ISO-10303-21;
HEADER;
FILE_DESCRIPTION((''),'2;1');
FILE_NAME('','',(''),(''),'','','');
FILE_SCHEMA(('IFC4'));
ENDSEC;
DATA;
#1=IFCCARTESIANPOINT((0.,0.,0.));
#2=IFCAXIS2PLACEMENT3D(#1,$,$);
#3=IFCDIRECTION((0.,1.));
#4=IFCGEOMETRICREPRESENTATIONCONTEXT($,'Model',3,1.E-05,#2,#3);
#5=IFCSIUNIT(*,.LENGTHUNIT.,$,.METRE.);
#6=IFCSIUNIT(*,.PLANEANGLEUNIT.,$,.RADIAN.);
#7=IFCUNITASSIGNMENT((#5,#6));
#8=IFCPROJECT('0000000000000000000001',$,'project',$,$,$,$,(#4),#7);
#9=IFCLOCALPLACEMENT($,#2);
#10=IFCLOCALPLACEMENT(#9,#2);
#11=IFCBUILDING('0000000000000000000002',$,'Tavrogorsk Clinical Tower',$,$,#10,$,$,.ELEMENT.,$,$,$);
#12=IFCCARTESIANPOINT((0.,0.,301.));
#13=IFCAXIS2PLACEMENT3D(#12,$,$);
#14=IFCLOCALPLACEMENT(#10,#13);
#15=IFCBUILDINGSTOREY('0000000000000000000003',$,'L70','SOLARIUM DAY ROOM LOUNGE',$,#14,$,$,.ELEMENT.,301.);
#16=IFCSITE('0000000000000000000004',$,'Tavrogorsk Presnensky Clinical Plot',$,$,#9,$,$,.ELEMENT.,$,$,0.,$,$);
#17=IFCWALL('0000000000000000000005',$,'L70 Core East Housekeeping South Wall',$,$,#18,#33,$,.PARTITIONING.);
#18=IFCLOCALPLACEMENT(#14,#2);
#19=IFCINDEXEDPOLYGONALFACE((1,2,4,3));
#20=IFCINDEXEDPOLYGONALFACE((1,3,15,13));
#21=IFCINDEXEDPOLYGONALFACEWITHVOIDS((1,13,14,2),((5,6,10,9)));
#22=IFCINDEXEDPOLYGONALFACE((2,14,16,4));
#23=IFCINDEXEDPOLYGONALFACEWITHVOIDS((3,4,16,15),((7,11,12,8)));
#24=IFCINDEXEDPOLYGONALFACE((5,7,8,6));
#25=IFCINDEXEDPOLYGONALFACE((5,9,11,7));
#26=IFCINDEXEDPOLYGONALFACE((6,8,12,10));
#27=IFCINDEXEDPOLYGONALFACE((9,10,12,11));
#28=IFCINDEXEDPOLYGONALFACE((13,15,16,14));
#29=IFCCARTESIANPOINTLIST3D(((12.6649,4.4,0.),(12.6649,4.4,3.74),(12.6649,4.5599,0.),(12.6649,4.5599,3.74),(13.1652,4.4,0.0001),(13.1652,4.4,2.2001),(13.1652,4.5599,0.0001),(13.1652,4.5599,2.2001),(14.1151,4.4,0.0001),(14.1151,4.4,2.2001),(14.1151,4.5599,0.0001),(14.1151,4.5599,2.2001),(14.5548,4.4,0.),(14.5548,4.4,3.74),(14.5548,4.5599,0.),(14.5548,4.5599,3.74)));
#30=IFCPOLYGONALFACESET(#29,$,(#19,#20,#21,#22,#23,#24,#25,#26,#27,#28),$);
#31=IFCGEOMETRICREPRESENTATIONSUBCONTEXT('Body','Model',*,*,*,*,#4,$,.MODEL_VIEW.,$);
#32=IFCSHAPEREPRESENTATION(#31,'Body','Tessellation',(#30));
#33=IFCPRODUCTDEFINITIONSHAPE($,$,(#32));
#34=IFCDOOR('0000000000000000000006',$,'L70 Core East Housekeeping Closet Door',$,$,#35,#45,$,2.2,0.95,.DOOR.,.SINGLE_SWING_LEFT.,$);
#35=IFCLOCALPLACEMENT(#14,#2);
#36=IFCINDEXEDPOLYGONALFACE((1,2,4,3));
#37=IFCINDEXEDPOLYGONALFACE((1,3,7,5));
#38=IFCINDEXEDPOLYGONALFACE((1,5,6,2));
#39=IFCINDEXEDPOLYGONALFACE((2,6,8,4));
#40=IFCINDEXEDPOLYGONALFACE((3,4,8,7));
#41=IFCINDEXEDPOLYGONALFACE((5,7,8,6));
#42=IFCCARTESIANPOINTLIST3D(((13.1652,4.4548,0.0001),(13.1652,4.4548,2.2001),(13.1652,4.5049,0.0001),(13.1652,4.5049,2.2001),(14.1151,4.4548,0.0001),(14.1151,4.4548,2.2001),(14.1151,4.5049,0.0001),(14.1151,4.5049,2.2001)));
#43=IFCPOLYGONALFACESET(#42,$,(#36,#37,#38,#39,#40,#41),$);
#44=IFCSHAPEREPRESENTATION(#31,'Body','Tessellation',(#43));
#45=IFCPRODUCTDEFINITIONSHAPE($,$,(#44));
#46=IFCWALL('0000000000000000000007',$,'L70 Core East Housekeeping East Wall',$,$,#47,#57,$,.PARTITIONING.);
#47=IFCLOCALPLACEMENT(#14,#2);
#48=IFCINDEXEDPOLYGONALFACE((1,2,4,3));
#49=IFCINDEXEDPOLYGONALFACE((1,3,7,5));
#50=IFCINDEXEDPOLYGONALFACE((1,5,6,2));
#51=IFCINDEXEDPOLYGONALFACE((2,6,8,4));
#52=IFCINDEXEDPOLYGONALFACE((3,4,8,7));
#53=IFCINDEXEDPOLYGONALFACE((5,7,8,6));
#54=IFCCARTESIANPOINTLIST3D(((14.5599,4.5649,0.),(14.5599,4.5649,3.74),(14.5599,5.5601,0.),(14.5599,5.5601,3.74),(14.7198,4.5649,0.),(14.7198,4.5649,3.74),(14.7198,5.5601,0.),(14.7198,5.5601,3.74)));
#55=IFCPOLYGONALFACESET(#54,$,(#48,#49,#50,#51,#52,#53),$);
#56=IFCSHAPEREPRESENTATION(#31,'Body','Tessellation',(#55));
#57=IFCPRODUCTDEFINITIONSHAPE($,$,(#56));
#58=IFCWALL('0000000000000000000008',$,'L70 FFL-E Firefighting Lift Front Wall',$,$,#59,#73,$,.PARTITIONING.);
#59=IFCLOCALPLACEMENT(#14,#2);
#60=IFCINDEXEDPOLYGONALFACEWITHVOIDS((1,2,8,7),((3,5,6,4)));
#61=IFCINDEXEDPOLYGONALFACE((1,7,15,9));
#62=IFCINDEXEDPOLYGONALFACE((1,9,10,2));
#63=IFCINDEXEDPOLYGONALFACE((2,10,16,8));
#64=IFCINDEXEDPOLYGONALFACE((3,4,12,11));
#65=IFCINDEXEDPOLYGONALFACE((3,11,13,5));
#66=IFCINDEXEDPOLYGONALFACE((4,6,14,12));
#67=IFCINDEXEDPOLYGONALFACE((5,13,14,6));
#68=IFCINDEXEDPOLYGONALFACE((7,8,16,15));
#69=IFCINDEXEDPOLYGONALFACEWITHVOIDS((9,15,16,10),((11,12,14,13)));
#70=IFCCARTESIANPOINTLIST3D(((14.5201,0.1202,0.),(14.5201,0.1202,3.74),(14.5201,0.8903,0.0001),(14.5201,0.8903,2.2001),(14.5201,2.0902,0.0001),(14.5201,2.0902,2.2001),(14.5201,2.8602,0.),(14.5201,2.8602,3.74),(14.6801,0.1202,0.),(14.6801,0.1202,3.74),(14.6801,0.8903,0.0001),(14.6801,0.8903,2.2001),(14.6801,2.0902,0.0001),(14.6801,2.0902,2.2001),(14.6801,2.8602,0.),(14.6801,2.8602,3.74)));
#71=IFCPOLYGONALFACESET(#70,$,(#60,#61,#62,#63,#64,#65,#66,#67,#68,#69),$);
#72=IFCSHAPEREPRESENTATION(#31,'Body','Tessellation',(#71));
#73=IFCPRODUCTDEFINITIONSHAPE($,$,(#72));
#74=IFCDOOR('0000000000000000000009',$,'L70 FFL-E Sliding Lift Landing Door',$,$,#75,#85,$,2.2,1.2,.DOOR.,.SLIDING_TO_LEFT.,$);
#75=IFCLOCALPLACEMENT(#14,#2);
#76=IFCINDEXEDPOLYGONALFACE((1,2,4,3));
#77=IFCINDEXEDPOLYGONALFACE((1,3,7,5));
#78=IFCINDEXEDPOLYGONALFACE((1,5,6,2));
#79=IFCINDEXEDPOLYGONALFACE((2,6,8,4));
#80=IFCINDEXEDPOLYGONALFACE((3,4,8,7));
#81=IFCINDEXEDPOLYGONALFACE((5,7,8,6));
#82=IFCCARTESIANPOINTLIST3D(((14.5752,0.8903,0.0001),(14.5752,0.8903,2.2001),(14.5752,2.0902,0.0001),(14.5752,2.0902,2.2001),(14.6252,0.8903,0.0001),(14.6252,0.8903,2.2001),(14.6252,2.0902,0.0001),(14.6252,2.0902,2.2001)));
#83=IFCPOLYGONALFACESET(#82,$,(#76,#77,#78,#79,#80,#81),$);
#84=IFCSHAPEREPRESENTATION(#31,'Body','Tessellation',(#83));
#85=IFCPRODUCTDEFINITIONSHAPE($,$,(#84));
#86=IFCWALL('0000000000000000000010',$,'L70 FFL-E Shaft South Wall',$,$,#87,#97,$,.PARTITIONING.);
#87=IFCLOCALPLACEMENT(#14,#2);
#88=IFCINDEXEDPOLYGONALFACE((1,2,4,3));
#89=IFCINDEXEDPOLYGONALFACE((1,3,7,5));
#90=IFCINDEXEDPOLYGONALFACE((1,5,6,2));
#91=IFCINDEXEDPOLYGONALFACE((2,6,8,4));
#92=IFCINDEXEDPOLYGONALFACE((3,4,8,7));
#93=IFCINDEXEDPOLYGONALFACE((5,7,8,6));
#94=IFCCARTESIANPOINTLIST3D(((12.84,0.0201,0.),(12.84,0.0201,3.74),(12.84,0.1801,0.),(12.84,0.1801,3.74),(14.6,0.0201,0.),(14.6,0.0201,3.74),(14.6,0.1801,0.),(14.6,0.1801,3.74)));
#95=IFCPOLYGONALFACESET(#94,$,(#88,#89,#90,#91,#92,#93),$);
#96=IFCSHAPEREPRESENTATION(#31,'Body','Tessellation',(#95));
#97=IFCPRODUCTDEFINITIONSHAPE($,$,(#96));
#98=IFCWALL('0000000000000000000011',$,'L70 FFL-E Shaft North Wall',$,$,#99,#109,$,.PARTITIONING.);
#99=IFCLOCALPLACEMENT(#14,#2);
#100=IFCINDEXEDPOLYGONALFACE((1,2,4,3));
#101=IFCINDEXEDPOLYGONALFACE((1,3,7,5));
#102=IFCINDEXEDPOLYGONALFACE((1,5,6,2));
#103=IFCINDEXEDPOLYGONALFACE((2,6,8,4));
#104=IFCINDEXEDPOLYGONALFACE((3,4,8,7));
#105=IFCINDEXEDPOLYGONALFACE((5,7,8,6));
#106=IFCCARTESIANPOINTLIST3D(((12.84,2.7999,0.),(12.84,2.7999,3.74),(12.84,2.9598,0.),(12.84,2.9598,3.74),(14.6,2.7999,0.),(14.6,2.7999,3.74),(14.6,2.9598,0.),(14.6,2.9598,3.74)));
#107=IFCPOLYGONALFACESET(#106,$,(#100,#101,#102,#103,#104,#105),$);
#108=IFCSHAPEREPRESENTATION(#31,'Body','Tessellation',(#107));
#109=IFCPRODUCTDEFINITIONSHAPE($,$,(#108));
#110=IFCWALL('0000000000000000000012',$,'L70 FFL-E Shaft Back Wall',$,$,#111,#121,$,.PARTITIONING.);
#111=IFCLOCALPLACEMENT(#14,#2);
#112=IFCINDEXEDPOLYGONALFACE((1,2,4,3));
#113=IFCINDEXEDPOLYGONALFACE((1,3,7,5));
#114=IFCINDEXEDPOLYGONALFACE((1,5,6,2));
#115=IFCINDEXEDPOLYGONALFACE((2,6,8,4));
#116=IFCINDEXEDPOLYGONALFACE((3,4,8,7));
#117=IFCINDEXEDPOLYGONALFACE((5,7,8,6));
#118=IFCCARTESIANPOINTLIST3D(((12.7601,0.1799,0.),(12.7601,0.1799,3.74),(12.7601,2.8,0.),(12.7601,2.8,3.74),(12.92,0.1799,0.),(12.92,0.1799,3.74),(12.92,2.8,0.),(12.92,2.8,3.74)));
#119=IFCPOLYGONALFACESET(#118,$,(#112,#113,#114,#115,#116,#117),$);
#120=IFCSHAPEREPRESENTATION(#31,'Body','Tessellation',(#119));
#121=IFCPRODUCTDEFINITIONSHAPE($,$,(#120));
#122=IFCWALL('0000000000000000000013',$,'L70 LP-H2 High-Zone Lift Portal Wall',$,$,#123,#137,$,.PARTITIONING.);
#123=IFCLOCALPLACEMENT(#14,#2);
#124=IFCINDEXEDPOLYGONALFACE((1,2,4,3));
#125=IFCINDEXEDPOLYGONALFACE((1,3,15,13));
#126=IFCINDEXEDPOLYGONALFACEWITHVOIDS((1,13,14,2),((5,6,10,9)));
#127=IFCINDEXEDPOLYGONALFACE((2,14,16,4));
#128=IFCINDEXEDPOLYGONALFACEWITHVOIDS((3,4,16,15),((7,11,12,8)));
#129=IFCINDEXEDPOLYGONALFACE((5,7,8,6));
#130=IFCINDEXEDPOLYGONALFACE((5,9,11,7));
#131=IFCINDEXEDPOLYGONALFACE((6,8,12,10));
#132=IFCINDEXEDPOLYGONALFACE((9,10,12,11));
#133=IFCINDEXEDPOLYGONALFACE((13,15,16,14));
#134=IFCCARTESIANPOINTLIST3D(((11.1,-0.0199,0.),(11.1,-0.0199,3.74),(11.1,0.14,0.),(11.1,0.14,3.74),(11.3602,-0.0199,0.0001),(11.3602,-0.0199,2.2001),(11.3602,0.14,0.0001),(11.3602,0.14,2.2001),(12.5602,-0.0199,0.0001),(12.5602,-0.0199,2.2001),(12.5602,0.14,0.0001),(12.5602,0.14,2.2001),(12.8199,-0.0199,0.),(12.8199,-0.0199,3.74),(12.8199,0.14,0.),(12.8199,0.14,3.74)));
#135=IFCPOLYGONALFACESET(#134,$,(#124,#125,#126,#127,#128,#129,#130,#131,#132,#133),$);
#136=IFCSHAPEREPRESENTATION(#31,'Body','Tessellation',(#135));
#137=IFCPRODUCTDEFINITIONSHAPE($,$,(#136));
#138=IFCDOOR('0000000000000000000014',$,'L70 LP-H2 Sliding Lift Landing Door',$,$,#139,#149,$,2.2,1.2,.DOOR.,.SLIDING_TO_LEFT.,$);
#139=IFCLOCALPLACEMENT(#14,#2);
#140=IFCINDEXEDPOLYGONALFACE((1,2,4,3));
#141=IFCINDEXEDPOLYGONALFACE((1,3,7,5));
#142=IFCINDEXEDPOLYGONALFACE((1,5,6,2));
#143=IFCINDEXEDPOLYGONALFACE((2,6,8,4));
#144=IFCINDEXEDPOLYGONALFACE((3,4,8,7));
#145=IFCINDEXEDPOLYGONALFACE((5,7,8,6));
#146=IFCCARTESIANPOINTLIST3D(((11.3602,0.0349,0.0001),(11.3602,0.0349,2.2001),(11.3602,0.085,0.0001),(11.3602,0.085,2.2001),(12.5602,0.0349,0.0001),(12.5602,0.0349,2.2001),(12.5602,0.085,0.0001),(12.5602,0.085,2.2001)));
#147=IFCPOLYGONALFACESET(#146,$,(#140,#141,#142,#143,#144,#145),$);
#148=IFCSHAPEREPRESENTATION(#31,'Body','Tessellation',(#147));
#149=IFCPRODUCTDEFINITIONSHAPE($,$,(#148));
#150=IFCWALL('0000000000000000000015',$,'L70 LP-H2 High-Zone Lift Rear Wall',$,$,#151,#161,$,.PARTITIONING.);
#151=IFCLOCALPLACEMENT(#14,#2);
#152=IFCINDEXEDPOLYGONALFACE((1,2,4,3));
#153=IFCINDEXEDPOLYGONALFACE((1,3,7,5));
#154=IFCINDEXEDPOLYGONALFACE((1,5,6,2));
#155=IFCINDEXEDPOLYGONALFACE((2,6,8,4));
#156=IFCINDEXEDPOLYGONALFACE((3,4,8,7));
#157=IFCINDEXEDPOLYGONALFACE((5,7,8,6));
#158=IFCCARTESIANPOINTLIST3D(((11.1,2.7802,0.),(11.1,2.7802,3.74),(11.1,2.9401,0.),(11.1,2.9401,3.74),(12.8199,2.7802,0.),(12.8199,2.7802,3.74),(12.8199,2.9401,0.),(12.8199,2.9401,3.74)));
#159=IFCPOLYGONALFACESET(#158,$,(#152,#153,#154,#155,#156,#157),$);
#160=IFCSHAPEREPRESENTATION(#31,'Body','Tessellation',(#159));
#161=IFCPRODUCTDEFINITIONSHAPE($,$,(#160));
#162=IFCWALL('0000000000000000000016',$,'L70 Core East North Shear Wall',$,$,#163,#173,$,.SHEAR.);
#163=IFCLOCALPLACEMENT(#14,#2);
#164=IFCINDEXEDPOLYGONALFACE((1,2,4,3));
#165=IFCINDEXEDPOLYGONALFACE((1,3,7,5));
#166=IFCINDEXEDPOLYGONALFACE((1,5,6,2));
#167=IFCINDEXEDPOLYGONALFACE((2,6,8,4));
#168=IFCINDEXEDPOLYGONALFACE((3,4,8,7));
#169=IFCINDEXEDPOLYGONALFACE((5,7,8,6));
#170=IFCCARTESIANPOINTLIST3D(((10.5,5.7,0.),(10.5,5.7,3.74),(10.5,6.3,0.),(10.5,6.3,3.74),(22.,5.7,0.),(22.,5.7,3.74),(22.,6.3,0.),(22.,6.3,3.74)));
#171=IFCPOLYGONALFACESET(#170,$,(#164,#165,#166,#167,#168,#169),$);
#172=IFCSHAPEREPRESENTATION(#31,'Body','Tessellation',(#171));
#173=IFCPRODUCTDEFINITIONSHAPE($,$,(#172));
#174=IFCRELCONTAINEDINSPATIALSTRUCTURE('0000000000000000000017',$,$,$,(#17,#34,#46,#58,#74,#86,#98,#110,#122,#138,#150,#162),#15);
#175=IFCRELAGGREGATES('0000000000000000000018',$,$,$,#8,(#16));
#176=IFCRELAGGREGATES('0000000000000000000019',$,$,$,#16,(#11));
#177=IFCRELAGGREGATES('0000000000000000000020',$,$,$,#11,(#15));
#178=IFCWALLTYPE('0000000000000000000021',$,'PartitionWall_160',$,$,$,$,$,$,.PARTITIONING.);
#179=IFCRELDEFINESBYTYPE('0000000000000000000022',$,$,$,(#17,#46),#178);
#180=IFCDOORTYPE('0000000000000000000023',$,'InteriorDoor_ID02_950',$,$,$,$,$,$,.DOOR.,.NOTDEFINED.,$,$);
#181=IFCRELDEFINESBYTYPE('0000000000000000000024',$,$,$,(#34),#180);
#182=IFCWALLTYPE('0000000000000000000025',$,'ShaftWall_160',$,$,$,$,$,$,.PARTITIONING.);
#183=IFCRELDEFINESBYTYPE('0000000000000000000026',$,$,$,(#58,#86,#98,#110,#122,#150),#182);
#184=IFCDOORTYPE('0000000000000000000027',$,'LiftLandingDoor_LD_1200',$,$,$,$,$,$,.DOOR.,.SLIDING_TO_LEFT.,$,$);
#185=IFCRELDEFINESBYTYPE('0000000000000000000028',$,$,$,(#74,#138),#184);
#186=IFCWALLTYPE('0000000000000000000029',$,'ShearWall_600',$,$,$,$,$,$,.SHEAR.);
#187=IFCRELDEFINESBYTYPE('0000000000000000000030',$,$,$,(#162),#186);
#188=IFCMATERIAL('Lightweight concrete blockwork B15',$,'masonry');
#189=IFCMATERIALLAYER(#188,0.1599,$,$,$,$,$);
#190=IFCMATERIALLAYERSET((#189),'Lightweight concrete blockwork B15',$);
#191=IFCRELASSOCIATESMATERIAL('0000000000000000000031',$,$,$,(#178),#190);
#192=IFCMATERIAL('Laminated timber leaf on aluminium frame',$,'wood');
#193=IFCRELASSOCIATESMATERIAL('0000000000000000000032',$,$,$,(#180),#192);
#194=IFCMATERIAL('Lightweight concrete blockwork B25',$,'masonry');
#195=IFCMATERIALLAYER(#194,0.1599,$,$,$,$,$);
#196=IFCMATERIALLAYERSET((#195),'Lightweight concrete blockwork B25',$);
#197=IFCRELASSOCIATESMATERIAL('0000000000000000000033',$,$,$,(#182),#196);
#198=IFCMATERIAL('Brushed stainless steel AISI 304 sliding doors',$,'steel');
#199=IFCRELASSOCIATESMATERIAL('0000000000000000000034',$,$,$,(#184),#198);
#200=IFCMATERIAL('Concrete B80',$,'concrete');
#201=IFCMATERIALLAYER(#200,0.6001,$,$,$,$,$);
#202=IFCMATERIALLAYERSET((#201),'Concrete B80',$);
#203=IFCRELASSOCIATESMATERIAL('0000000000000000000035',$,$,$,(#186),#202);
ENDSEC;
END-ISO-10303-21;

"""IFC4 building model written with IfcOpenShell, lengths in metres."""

from ifc_helpers import new_model, si_unit, direction, frame, frame_2d, origin, place, context, subcontext, project, spatial, rectangle, extrude, material, layer, layer_set, type_object, element, fill, save


model = new_model("IFC4")

# Units and contexts
model_context = context("Model", 3, precision=1e-05, world=origin(), true_north=direction((0.0, 1.0)))
body_context = subcontext(model_context, "Body", "Model", "MODEL_VIEW")
ifc_project = project(units=[si_unit("LENGTHUNIT", "METRE"), si_unit("PLANEANGLEUNIT", "RADIAN")], contexts=[model_context])

# Site, building, storey
site_placement = place(None, origin())
site = spatial("IfcSite", under=ifc_project, at=site_placement, Name="Tavrogorsk Presnensky Clinical Plot", CompositionType="ELEMENT", RefElevation=0.0)
building_placement = place(site_placement, origin())
building = spatial("IfcBuilding", under=site, at=building_placement, Name="Tavrogorsk Clinical Tower", CompositionType="ELEMENT")
storey_placement = place(building_placement, frame((0.0, 0.0, 301.0)))
storey = spatial("IfcBuildingStorey", under=building, at=storey_placement, Name="L70", Description="SOLARIUM DAY ROOM LOUNGE", CompositionType="ELEMENT", Elevation=301.0)

# Wall, opening, door
ifc_material_1 = material(Name="Lightweight concrete blockwork B15", Category="masonry")
ifc_layer_1 = layer(ifc_material_1, 0.1599)
ifc_layer_set_1 = layer_set([ifc_layer_1], Name="Lightweight concrete blockwork B15")
wall_type_1 = type_object("IfcWallType", Name="PartitionWall_160", PredefinedType="PARTITIONING", material=ifc_layer_set_1)
ifc_material_2 = material(Name="Laminated timber leaf on aluminium frame", Category="wood")
door_type_1 = type_object("IfcDoorType", Name="InteriorDoor_ID02_950", OperationType="NOTDEFINED", PredefinedType="DOOR", material=ifc_material_2)
wall_1_placement = place(storey_placement, frame((12.665, 4.48, 0.0), z_axis=(0.0, 0.0, 1.0), x_axis=(1.0, 0.0, 0.0)))
wall_1 = element("IfcWall", 1, at=wall_1_placement, inside=storey, type_object=wall_type_1, Name="L70 Core East Housekeeping South Wall", PredefinedType="PARTITIONING", context=body_context, shape_type="SweptSolid", body=[
    extrude(rectangle(XDim=1.8899, YDim=0.1599, at=frame_2d((0.9448, 0.0))), origin(), (0.0, 0.0, 1.0), 3.74),
])
opening_1_placement = place(wall_1_placement, frame((0.5, 0.0, 0.0)))
opening_1 = element("IfcOpeningElement", 2, at=opening_1_placement, cuts=wall_1, PredefinedType="OPENING", context=body_context, shape_type="SweptSolid", body=[
    extrude(rectangle(XDim=0.95, YDim=2.2, at=frame_2d((0.4751, 1.1001))), frame((0.0, 0.0898, 0.0), z_axis=(0.0, -1.0, 0.0), x_axis=(1.0, 0.0, 0.0)), (0.0, 0.0, 1.0), 0.1799),
])
door_1_placement = place(opening_1_placement, origin())
door_1 = element("IfcDoor", 3, at=door_1_placement, inside=storey, type_object=door_type_1, Name="L70 Core East Housekeeping Closet Door", OperationType="SINGLE_SWING_LEFT", OverallHeight=2.2, OverallWidth=0.95, PredefinedType="DOOR", context=body_context, shape_type="SweptSolid", body=[
    extrude(rectangle(XDim=0.95, YDim=2.2, at=frame_2d((0.4751, 1.1001))), frame((0.0, 0.0249, 0.0), z_axis=(0.0, -1.0, 0.0), x_axis=(1.0, 0.0, 0.0)), (0.0, 0.0, 1.0), 0.05),
])
fill(opening_1, door_1)

# Wall
wall_2_placement = place(storey_placement, frame((14.6399, 4.5649, 0.0), z_axis=(0.0, 0.0, 1.0), x_axis=(0.0, 1.0, 0.0)))
element("IfcWall", 4, at=wall_2_placement, inside=storey, type_object=wall_type_1, Name="L70 Core East Housekeeping East Wall", PredefinedType="PARTITIONING", context=body_context, shape_type="SweptSolid", body=[
    extrude(rectangle(XDim=0.9951, YDim=0.1599, at=frame_2d((0.4976, 0.0))), origin(), (0.0, 0.0, 1.0), 3.74),
])

# Wall, opening, door
ifc_material_3 = material(Name="Lightweight concrete blockwork B25", Category="masonry")
ifc_layer_2 = layer(ifc_material_3, 0.1599)
ifc_layer_set_2 = layer_set([ifc_layer_2], Name="Lightweight concrete blockwork B25")
wall_type_2 = type_object("IfcWallType", Name="ShaftWall_160", PredefinedType="PARTITIONING", material=ifc_layer_set_2)
wall_3_placement = place(storey_placement, frame((14.6001, 0.1201, 0.0), z_axis=(0.0, 0.0, 1.0), x_axis=(0.0, 1.0, 0.0)))
wall_3 = element("IfcWall", 5, at=wall_3_placement, inside=storey, type_object=wall_type_2, Name="L70 FFL-E Firefighting Lift Front Wall", PredefinedType="PARTITIONING", context=body_context, shape_type="SweptSolid", body=[
    extrude(rectangle(XDim=2.74, YDim=0.1599, at=frame_2d((1.3701, 0.0))), origin(), (0.0, 0.0, 1.0), 3.74),
])
opening_2_placement = place(wall_3_placement, frame((0.77, 0.0, 0.0)))
opening_2 = element("IfcOpeningElement", 6, at=opening_2_placement, cuts=wall_3, PredefinedType="OPENING", context=body_context, shape_type="SweptSolid", body=[
    extrude(rectangle(XDim=1.2, YDim=2.2, at=frame_2d((0.6001, 1.1001))), frame((0.0, 0.0898, 0.0), z_axis=(0.0, -1.0, 0.0), x_axis=(1.0, 0.0, 0.0)), (0.0, 0.0, 1.0), 0.1799),
])
ifc_material_4 = material(Name="Brushed stainless steel AISI 304 sliding doors", Category="steel")
door_type_2 = type_object("IfcDoorType", Name="LiftLandingDoor_LD_1200", OperationType="SLIDING_TO_LEFT", PredefinedType="DOOR", material=ifc_material_4)
door_2_placement = place(opening_2_placement, origin())
door_2 = element("IfcDoor", 7, at=door_2_placement, inside=storey, type_object=door_type_2, Name="L70 FFL-E Sliding Lift Landing Door", OperationType="SLIDING_TO_LEFT", OverallHeight=2.2, OverallWidth=1.2, PredefinedType="DOOR", context=body_context, shape_type="SweptSolid", body=[
    extrude(rectangle(XDim=1.2, YDim=2.2, at=frame_2d((0.6001, 1.1001))), frame((0.0, 0.0249, 0.0), z_axis=(0.0, -1.0, 0.0), x_axis=(1.0, 0.0, 0.0)), (0.0, 0.0, 1.0), 0.05),
])
fill(opening_2, door_2)

# Walls
for number, where, z_axis, x_axis, name in (
    (8, (12.8401, 0.1001, 0.0), (0.0, 0.0, 1.0), (1.0, 0.0, 0.0), "L70 FFL-E Shaft South Wall"),
    (9, (12.8401, 2.8799, 0.0), (0.0, 0.0, 1.0), (1.0, 0.0, 0.0), "L70 FFL-E Shaft North Wall"),
):
    element("IfcWall", number, at=place(storey_placement, frame(where, z_axis=z_axis, x_axis=x_axis)), inside=storey, type_object=wall_type_2, Name=name, PredefinedType="PARTITIONING", context=body_context, shape_type="SweptSolid", body=[
        extrude(rectangle(XDim=1.76, YDim=0.1599, at=frame_2d((0.8799, 0.0))), origin(), (0.0, 0.0, 1.0), 3.74),
    ])
wall_4_placement = place(storey_placement, frame((12.8401, 0.1799, 0.0), z_axis=(0.0, 0.0, 1.0), x_axis=(0.0, 1.0, 0.0)))
element("IfcWall", 10, at=wall_4_placement, inside=storey, type_object=wall_type_2, Name="L70 FFL-E Shaft Back Wall", PredefinedType="PARTITIONING", context=body_context, shape_type="SweptSolid", body=[
    extrude(rectangle(XDim=2.6201, YDim=0.1599, at=frame_2d((1.3101, 0.0))), origin(), (0.0, 0.0, 1.0), 3.74),
])

# Wall, opening, door
wall_5_placement = place(storey_placement, frame((11.1001, 0.0601, 0.0), z_axis=(0.0, 0.0, 1.0), x_axis=(1.0, 0.0, 0.0)))
wall_5 = element("IfcWall", 11, at=wall_5_placement, inside=storey, type_object=wall_type_2, Name="L70 LP-H2 High-Zone Lift Portal Wall", PredefinedType="PARTITIONING", context=body_context, shape_type="SweptSolid", body=[
    extrude(rectangle(XDim=1.72, YDim=0.1599, at=frame_2d((0.8599, 0.0))), origin(), (0.0, 0.0, 1.0), 3.74),
])
opening_3_placement = place(wall_5_placement, frame((0.26, 0.0, 0.0)))
opening_3 = element("IfcOpeningElement", 12, at=opening_3_placement, cuts=wall_5, PredefinedType="OPENING", context=body_context, shape_type="SweptSolid", body=[
    extrude(rectangle(XDim=1.2, YDim=2.2, at=frame_2d((0.6001, 1.1001))), frame((0.0, 0.0898, 0.0), z_axis=(0.0, -1.0, 0.0), x_axis=(1.0, 0.0, 0.0)), (0.0, 0.0, 1.0), 0.1799),
])
door_3_placement = place(opening_3_placement, origin())
door_3 = element("IfcDoor", 13, at=door_3_placement, inside=storey, type_object=door_type_2, Name="L70 LP-H2 Sliding Lift Landing Door", OperationType="SLIDING_TO_LEFT", OverallHeight=2.2, OverallWidth=1.2, PredefinedType="DOOR", context=body_context, shape_type="SweptSolid", body=[
    extrude(rectangle(XDim=1.2, YDim=2.2, at=frame_2d((0.6001, 1.1001))), frame((0.0, 0.0249, 0.0), z_axis=(0.0, -1.0, 0.0), x_axis=(1.0, 0.0, 0.0)), (0.0, 0.0, 1.0), 0.05),
])
fill(opening_3, door_3)

# Walls
wall_6_placement = place(storey_placement, frame((11.1001, 2.8601, 0.0), z_axis=(0.0, 0.0, 1.0), x_axis=(1.0, 0.0, 0.0)))
element("IfcWall", 14, at=wall_6_placement, inside=storey, type_object=wall_type_2, Name="L70 LP-H2 High-Zone Lift Rear Wall", PredefinedType="PARTITIONING", context=body_context, shape_type="SweptSolid", body=[
    extrude(rectangle(XDim=1.72, YDim=0.1599, at=frame_2d((0.8599, 0.0))), origin(), (0.0, 0.0, 1.0), 3.74),
])
ifc_material_5 = material(Name="Concrete B80", Category="concrete")
ifc_layer_3 = layer(ifc_material_5, 0.6001)
ifc_layer_set_3 = layer_set([ifc_layer_3], Name="Concrete B80")
wall_type_3 = type_object("IfcWallType", Name="ShearWall_600", PredefinedType="SHEAR", material=ifc_layer_set_3)
wall_7_placement = place(storey_placement, frame((10.5, 6.0, 0.0), z_axis=(0.0, 0.0, 1.0), x_axis=(1.0, 0.0, 0.0)))
element("IfcWall", 15, at=wall_7_placement, inside=storey, type_object=wall_type_3, Name="L70 Core East North Shear Wall", PredefinedType="SHEAR", context=body_context, shape_type="SweptSolid", body=[
    extrude(rectangle(XDim=11.5, YDim=0.6001, at=frame_2d((5.75, 0.0))), origin(), (0.0, 0.0, 1.0), 3.74),
])

save(model, "model.ifc")
